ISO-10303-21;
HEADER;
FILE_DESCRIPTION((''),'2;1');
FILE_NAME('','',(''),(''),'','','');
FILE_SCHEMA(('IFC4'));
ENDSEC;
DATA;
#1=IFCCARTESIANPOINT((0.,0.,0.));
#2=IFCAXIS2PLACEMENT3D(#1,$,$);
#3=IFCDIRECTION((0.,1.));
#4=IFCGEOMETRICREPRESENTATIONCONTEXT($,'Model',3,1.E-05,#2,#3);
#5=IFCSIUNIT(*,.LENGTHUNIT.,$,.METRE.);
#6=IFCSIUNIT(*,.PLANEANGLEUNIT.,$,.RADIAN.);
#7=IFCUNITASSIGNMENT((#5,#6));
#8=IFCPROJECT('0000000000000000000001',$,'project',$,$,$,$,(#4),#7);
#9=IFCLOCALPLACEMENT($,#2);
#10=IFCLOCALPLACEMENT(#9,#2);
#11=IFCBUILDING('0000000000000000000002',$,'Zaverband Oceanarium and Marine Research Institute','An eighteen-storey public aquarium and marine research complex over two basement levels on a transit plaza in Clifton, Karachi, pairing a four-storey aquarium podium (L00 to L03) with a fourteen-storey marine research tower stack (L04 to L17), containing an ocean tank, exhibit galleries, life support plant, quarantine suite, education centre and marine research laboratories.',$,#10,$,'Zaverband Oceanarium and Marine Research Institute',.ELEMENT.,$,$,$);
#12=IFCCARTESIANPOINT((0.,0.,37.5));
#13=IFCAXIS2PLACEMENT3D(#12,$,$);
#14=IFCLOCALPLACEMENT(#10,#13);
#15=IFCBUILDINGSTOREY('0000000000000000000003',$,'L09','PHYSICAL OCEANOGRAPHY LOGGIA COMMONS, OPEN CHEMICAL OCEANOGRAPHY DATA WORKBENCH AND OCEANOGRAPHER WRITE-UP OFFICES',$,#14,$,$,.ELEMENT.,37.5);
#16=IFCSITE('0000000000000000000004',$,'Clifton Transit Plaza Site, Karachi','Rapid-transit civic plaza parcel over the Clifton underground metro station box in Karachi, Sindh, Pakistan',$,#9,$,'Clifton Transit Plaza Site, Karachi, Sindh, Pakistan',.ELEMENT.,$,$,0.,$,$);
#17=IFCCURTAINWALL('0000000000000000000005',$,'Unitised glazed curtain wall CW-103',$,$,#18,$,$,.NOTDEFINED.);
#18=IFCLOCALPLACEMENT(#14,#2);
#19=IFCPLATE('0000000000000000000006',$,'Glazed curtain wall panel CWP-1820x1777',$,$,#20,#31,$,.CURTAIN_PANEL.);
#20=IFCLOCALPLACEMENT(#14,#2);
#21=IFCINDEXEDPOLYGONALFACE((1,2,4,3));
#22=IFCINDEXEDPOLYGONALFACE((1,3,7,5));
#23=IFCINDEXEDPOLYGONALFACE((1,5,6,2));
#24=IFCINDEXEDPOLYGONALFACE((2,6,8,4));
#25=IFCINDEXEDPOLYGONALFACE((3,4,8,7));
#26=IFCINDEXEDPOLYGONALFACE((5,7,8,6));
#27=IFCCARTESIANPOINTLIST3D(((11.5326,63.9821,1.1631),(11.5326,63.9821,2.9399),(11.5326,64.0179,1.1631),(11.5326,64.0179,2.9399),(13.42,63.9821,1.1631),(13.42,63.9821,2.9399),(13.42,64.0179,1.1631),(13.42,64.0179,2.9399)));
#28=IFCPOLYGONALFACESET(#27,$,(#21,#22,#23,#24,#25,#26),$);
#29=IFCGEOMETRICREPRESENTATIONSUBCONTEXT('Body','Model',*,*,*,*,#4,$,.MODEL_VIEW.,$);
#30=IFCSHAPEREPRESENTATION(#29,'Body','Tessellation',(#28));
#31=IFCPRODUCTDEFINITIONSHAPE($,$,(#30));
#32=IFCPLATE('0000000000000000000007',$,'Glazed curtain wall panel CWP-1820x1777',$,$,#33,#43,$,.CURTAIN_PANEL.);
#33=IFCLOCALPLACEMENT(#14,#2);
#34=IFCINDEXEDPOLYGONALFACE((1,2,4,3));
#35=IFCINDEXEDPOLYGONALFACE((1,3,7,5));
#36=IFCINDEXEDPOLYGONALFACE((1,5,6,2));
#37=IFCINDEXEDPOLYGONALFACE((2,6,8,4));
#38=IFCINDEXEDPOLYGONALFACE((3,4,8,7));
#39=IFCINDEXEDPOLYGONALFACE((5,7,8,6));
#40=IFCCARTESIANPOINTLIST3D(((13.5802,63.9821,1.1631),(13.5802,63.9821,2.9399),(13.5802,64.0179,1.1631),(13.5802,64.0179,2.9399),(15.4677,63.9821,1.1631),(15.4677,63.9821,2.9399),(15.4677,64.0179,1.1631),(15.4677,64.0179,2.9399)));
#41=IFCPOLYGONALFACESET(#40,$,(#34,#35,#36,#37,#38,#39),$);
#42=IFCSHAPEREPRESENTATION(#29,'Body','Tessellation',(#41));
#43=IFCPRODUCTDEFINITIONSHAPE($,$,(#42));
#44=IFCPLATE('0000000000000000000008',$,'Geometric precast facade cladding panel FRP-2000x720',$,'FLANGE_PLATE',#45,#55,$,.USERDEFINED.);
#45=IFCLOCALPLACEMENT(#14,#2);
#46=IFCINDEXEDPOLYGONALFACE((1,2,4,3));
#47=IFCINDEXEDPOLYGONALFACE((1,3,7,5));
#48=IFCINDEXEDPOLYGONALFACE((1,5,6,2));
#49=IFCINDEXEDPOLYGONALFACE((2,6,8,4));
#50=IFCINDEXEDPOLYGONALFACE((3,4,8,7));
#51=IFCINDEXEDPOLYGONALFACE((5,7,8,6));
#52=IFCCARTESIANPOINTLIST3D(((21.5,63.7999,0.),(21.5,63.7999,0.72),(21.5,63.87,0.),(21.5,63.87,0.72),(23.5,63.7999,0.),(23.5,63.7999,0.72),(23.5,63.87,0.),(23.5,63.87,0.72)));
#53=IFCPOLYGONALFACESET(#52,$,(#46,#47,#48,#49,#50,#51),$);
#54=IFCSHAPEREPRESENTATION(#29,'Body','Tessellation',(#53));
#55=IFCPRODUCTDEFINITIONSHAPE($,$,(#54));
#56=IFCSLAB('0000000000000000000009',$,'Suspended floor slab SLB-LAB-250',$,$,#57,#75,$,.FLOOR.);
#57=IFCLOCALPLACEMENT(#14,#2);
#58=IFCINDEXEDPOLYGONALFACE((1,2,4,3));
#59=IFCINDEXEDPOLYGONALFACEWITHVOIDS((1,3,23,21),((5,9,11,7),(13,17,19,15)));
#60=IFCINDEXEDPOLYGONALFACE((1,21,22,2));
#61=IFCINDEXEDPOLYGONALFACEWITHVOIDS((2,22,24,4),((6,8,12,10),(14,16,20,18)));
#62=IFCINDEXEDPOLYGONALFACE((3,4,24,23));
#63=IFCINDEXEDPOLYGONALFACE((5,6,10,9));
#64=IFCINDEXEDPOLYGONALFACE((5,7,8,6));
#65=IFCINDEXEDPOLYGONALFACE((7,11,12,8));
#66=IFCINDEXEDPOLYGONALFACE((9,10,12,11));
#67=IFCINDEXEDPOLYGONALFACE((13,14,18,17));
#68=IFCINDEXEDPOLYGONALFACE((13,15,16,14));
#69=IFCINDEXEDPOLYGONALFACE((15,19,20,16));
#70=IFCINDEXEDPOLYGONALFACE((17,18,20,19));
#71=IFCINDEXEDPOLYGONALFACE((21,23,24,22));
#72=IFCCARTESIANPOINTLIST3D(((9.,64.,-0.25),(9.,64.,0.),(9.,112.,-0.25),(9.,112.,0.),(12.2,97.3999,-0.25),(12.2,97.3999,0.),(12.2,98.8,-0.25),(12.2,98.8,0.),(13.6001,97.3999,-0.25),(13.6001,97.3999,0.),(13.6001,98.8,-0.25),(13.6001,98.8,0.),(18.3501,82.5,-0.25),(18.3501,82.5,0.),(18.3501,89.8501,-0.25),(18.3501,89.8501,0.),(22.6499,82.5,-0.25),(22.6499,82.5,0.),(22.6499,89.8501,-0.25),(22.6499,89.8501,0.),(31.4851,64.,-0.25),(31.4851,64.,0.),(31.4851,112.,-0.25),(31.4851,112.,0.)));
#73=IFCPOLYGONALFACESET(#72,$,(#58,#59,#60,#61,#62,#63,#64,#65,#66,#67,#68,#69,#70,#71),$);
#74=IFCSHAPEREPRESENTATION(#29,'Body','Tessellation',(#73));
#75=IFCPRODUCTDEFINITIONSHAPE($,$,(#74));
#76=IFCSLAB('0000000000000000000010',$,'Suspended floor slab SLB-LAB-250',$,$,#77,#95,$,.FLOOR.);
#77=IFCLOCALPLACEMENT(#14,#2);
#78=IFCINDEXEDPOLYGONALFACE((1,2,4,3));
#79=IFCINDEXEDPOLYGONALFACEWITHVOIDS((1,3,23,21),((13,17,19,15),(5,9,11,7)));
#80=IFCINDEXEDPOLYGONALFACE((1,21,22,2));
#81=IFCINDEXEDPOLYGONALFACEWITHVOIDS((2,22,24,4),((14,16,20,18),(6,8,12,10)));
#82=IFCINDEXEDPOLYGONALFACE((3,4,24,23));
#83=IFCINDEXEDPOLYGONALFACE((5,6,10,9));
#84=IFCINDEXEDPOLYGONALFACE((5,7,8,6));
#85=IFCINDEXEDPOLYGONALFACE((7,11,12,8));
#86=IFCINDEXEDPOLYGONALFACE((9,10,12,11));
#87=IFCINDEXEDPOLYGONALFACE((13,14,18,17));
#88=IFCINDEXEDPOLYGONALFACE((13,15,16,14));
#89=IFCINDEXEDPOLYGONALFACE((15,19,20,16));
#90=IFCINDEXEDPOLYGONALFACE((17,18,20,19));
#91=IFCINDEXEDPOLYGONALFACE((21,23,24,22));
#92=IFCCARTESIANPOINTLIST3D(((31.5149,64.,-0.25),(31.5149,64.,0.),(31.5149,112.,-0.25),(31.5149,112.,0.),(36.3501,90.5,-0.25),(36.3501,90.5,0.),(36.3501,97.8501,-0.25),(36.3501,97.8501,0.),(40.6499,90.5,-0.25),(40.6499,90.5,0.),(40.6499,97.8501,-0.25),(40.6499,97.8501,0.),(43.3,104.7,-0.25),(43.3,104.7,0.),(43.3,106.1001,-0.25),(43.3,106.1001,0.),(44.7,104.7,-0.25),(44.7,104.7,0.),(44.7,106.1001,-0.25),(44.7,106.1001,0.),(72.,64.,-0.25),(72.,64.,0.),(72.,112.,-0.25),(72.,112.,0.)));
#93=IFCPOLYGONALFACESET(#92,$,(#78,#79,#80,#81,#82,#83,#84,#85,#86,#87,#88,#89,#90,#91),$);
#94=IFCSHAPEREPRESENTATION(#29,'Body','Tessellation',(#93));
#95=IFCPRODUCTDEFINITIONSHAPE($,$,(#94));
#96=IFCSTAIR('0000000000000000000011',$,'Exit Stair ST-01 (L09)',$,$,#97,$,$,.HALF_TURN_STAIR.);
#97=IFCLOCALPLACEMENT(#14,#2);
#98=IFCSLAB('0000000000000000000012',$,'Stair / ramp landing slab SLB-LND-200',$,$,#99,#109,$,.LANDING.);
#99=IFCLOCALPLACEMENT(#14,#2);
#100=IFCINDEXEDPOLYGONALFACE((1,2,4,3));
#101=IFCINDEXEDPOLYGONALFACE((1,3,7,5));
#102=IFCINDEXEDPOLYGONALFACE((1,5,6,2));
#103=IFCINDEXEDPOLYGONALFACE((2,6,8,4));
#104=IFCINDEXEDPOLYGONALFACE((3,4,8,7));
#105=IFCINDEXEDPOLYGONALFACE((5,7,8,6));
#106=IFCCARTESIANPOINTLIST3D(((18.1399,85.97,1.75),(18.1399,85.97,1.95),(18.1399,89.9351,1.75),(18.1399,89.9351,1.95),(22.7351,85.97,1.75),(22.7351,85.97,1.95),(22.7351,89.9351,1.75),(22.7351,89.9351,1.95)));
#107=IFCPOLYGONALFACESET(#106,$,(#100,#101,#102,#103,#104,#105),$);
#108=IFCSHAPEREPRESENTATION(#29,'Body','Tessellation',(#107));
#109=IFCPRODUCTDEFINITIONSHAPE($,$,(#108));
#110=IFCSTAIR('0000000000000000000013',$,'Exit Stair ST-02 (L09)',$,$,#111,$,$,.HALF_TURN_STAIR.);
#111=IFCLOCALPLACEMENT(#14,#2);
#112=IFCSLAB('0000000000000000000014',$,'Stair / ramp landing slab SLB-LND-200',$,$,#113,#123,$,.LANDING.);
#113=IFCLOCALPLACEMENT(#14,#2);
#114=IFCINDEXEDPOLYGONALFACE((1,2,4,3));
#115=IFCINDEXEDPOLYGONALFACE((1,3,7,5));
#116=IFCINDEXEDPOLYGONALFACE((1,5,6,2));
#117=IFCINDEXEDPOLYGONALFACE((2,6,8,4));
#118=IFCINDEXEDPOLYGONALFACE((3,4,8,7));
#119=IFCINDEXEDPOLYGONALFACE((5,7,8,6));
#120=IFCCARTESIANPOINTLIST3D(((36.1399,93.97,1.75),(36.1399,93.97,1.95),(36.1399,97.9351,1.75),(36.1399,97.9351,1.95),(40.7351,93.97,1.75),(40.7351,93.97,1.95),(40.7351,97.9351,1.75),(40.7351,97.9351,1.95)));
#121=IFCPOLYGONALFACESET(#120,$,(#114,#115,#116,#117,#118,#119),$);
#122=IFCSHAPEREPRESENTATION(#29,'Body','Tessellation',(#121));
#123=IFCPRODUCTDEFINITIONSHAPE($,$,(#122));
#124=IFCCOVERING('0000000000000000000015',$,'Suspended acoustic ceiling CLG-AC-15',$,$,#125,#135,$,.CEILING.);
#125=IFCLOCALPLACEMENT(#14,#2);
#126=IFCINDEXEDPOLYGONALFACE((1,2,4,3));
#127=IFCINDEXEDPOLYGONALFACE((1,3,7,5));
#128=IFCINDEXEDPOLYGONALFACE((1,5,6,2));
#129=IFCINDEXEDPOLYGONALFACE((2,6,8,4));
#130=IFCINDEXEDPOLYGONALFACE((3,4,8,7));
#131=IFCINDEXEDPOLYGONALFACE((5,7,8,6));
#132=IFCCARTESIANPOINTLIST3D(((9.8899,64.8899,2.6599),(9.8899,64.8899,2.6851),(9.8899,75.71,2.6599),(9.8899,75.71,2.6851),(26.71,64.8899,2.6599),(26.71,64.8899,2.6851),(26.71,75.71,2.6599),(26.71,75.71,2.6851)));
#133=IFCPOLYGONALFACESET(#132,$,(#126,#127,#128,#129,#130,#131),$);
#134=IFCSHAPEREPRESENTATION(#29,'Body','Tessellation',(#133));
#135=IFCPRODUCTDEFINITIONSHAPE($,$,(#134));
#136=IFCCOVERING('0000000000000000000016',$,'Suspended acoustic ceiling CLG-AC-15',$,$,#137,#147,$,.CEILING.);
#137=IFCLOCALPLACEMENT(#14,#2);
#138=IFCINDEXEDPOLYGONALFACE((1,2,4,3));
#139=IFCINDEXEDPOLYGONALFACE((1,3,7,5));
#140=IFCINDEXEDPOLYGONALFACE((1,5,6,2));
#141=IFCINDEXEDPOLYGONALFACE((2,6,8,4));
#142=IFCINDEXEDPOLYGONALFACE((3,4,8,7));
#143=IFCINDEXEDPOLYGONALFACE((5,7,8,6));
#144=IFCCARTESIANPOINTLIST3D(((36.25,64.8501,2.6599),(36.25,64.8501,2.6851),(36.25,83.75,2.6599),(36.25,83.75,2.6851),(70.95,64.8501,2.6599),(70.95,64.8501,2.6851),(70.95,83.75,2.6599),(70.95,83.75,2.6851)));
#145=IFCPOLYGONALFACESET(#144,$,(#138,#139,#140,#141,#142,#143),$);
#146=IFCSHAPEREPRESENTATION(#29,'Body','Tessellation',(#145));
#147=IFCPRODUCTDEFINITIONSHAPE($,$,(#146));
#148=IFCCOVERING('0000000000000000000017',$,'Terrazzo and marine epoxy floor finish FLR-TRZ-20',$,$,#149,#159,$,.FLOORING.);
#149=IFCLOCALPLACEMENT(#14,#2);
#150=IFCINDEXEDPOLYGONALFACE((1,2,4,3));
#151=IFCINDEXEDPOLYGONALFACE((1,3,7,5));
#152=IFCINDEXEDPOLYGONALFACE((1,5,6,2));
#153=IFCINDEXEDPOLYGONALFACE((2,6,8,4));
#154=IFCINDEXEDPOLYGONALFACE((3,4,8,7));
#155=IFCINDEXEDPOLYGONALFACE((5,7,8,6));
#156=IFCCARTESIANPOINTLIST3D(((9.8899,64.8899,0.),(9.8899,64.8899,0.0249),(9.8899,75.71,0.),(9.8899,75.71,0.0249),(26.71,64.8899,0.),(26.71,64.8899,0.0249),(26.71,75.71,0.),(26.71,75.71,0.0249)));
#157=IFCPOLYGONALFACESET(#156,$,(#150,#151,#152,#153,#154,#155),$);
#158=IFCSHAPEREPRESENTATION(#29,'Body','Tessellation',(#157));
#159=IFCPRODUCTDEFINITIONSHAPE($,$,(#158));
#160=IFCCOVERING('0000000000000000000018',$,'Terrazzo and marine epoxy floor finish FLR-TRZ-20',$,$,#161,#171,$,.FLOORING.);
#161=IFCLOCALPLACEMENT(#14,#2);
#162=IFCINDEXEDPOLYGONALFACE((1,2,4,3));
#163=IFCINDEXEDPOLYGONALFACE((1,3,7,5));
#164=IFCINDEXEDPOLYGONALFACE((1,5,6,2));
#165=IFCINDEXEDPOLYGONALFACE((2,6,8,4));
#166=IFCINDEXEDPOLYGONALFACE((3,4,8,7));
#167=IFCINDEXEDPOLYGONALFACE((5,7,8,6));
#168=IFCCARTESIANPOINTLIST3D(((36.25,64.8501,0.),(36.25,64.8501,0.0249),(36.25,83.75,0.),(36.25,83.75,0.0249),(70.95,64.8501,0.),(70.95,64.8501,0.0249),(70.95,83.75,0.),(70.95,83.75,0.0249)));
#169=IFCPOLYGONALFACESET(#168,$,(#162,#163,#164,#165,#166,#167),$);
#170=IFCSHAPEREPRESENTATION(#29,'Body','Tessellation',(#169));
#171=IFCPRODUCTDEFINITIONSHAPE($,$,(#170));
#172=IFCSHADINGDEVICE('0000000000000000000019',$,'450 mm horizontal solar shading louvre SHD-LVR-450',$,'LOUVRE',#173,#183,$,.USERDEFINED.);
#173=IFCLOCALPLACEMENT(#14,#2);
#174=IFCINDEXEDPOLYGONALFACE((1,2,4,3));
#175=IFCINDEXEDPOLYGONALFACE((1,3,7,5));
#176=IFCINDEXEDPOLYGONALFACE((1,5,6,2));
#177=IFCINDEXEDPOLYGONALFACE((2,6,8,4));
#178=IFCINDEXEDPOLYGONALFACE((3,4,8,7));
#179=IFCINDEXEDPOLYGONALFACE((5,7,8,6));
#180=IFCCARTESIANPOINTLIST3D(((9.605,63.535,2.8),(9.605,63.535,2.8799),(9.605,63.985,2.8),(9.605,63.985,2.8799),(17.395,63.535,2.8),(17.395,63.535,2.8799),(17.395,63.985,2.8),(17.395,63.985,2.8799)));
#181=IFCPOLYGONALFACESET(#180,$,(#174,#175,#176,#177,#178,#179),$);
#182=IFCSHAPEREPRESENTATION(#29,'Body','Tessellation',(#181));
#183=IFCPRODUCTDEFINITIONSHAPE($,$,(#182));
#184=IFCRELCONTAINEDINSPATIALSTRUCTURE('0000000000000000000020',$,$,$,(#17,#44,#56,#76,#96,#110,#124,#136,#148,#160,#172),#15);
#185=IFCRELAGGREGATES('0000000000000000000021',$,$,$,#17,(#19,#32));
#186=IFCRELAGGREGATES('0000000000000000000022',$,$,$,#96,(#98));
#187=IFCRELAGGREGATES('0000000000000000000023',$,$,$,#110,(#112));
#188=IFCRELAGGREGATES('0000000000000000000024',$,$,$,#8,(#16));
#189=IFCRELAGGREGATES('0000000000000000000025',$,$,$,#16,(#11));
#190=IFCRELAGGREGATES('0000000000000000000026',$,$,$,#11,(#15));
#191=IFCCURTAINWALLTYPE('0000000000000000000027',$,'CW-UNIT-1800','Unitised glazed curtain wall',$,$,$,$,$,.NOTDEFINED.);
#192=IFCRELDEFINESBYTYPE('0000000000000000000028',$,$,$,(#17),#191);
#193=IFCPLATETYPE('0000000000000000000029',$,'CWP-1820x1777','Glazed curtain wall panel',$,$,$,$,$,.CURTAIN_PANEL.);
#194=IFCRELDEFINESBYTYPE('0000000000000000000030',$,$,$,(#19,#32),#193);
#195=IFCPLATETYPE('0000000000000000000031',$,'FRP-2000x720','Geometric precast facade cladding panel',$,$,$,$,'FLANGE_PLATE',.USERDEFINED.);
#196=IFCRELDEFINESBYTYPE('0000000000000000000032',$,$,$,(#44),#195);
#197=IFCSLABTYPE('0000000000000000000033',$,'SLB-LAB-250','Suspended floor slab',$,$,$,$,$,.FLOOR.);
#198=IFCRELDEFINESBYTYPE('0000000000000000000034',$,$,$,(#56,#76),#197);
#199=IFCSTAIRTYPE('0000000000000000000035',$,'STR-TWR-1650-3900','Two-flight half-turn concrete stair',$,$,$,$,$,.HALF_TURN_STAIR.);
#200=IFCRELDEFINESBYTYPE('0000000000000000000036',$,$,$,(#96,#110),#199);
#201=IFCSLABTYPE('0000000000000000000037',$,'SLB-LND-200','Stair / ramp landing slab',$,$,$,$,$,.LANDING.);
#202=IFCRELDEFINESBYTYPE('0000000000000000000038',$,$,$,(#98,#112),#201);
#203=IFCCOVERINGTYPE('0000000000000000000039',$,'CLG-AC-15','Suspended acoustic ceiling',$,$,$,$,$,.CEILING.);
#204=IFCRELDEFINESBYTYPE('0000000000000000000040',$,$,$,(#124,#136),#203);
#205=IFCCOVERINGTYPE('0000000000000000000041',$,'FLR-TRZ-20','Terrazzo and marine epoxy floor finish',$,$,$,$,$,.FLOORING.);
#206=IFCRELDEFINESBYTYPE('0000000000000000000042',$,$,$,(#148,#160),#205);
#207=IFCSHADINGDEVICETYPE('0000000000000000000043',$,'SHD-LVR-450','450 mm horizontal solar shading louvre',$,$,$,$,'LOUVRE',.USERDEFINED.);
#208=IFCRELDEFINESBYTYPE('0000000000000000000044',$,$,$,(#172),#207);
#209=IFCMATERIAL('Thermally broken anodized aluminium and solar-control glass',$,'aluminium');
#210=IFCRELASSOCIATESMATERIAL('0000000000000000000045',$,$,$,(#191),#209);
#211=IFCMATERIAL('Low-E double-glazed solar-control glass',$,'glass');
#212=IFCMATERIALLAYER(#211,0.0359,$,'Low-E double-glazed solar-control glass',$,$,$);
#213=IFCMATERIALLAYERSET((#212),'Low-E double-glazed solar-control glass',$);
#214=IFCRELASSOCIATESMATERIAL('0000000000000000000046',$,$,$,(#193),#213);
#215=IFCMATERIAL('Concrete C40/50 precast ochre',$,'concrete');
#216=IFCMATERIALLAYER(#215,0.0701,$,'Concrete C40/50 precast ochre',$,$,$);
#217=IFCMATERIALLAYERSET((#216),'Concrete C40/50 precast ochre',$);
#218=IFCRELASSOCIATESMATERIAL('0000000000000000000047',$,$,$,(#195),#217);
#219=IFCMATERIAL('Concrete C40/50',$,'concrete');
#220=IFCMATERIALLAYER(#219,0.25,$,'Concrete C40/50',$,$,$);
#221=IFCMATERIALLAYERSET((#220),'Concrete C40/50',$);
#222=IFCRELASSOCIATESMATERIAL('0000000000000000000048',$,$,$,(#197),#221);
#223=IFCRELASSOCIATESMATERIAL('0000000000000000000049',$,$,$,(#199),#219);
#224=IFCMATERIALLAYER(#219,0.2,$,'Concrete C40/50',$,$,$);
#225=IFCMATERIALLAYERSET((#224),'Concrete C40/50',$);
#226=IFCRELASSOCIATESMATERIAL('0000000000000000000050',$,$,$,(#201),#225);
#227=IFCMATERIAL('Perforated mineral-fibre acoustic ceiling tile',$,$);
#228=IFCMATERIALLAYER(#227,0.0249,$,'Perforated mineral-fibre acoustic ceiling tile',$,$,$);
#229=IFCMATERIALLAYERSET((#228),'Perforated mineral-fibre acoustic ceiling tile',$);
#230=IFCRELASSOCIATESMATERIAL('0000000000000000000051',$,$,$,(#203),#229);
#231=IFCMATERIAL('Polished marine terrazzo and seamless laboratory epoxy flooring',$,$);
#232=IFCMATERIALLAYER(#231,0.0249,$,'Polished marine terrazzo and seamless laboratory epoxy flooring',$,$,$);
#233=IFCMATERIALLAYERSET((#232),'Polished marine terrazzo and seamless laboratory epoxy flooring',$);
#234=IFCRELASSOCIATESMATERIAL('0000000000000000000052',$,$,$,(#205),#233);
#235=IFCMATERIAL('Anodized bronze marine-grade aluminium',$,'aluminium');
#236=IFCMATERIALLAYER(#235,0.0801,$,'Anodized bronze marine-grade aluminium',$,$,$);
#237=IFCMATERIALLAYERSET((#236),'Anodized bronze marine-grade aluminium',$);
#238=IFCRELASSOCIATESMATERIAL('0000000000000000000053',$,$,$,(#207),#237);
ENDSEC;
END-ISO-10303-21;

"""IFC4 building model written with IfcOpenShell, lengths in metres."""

from ifc_helpers import new_model, si_unit, direction, frame, frame_2d, origin, place, context, subcontext, project, spatial, polyline, rectangle, outline, extrude, material, layer, layer_set, type_object, element, aggregate, save


model = new_model("IFC4")

# Units and contexts
model_context = context("Model", 3, precision=1e-05, world=origin(), true_north=direction((0.0, 1.0)))
body_context = subcontext(model_context, "Body", "Model", "MODEL_VIEW")
ifc_project = project(units=[si_unit("LENGTHUNIT", "METRE"), si_unit("PLANEANGLEUNIT", "RADIAN")], contexts=[model_context])

# Site, building, storey
site_placement = place(None, origin())
site = spatial("IfcSite", under=ifc_project, at=site_placement, Name="Clifton Transit Plaza Site, Karachi", Description="Rapid-transit civic plaza parcel over the Clifton underground metro station box in Karachi, Sindh, Pakistan", LongName="Clifton Transit Plaza Site, Karachi, Sindh, Pakistan", CompositionType="ELEMENT", RefElevation=0.0)
building_placement = place(site_placement, origin())
building = spatial("IfcBuilding", under=site, at=building_placement, Name="Zaverband Oceanarium and Marine Research Institute", Description="An eighteen-storey public aquarium and marine research complex over two basement levels on a transit plaza in Clifton, Karachi, pairing a four-storey aquarium podium (L00 to L03) with a fourteen-storey marine research tower stack (L04 to L17), containing an ocean tank, exhibit galleries, life support plant, quarantine suite, education centre and marine research laboratories.", LongName="Zaverband Oceanarium and Marine Research Institute", CompositionType="ELEMENT")
storey_placement = place(building_placement, frame((0.0, 0.0, 37.5)))
storey = spatial("IfcBuildingStorey", under=building, at=storey_placement, Name="L09", Description="PHYSICAL OCEANOGRAPHY LOGGIA COMMONS, OPEN CHEMICAL OCEANOGRAPHY DATA WORKBENCH AND OCEANOGRAPHER WRITE-UP OFFICES", CompositionType="ELEMENT", Elevation=37.5)

# Curtain wall
ifc_material_1 = material(Name="Thermally broken anodized aluminium and solar-control glass", Category="aluminium")
curtain_wall_type = type_object("IfcCurtainWallType", Name="CW-UNIT-1800", Description="Unitised glazed curtain wall", PredefinedType="NOTDEFINED", material=ifc_material_1)
curtain_wall_placement = place(storey_placement, origin())
curtain_wall = element("IfcCurtainWall", 1, at=curtain_wall_placement, inside=storey, type_object=curtain_wall_type, Name="Unitised glazed curtain wall CW-103", PredefinedType="NOTDEFINED")

# Shared definitions
ifc_material_2 = material(Name="Concrete C40/50", Category="concrete")

# Plates
ifc_material_3 = material(Name="Low-E double-glazed solar-control glass", Category="glass")
ifc_layer_1 = layer(ifc_material_3, 0.0359, Name="Low-E double-glazed solar-control glass")
ifc_layer_set_1 = layer_set([ifc_layer_1], Name="Low-E double-glazed solar-control glass")
plate_type_1 = type_object("IfcPlateType", Name="CWP-1820x1777", Description="Glazed curtain wall panel", PredefinedType="CURTAIN_PANEL", material=ifc_layer_set_1)
plate_1_placement = place(storey_placement, frame((11.5325, 64.0, 1.1631), z_axis=(0.0, 0.0, 1.0), x_axis=(1.0, 0.0, 0.0)))
plate_1 = element("IfcPlate", 2, at=plate_1_placement, type_object=plate_type_1, Name="Glazed curtain wall panel CWP-1820x1777", PredefinedType="CURTAIN_PANEL", context=body_context, shape_type="SweptSolid", body=[
    extrude(rectangle(XDim=1.8875, YDim=0.0359, at=frame_2d((0.9438, 0.0))), origin(), (0.0, 0.0, 1.0), 1.7769),
])
plate_2_placement = place(storey_placement, frame((13.5801, 64.0, 1.1631), z_axis=(0.0, 0.0, 1.0), x_axis=(1.0, 0.0, 0.0)))
plate_2 = element("IfcPlate", 3, at=plate_2_placement, type_object=plate_type_1, Name="Glazed curtain wall panel CWP-1820x1777", PredefinedType="CURTAIN_PANEL", context=body_context, shape_type="SweptSolid", body=[
    extrude(rectangle(XDim=1.8875, YDim=0.0359, at=frame_2d((0.9438, 0.0))), origin(), (0.0, 0.0, 1.0), 1.7769),
])
aggregate(curtain_wall, [plate_1, plate_2])
ifc_material_4 = material(Name="Concrete C40/50 precast ochre", Category="concrete")
ifc_layer_2 = layer(ifc_material_4, 0.0701, Name="Concrete C40/50 precast ochre")
ifc_layer_set_2 = layer_set([ifc_layer_2], Name="Concrete C40/50 precast ochre")
plate_type_2 = type_object("IfcPlateType", Name="FRP-2000x720", Description="Geometric precast facade cladding panel", ElementType="FLANGE_PLATE", PredefinedType="USERDEFINED", material=ifc_layer_set_2)
plate_3_placement = place(storey_placement, frame((21.5, 63.835, 0.0), z_axis=(0.0, 0.0, 1.0), x_axis=(1.0, 0.0, 0.0)))
element("IfcPlate", 4, at=plate_3_placement, inside=storey, type_object=plate_type_2, Name="Geometric precast facade cladding panel FRP-2000x720", ObjectType="FLANGE_PLATE", PredefinedType="USERDEFINED", context=body_context, shape_type="SweptSolid", body=[
    extrude(rectangle(XDim=2.0, YDim=0.0701, at=frame_2d((1.0, 0.0))), origin(), (0.0, 0.0, 1.0), 0.72),
])

# Slabs
ifc_layer_3 = layer(ifc_material_2, 0.25, Name="Concrete C40/50")
ifc_layer_set_3 = layer_set([ifc_layer_3], Name="Concrete C40/50")
slab_type_1 = type_object("IfcSlabType", Name="SLB-LAB-250", Description="Suspended floor slab", PredefinedType="FLOOR", material=ifc_layer_set_3)
slab_1_placement = place(storey_placement, frame((0.0, 0.0, -0.25)))
element("IfcSlab", 5, at=slab_1_placement, inside=storey, type_object=slab_type_1, Name="Suspended floor slab SLB-LAB-250", PredefinedType="FLOOR", context=body_context, shape_type="SweptSolid", body=[
    extrude(outline(polyline([(9.0, 112.0), (31.4851, 112.0), (31.4851, 64.0), (9.0, 64.0), (9.0, 112.0)]), holes=[polyline([(18.3501, 89.8501), (18.3501, 82.5), (22.6499, 82.5), (22.6499, 89.8501), (18.3501, 89.8501)]), polyline([(12.2, 98.8), (12.2, 97.3999), (13.6001, 97.3999), (13.6001, 98.8), (12.2, 98.8)])]), origin(), (0.0, 0.0, 1.0), 0.25),
])
slab_2_placement = place(storey_placement, frame((0.0, 0.0, -0.25)))
element("IfcSlab", 6, at=slab_2_placement, inside=storey, type_object=slab_type_1, Name="Suspended floor slab SLB-LAB-250", PredefinedType="FLOOR", context=body_context, shape_type="SweptSolid", body=[
    extrude(outline(polyline([(31.5149, 112.0), (72.0, 112.0), (72.0, 64.0), (31.5149, 64.0), (31.5149, 112.0)]), holes=[polyline([(36.3501, 97.8501), (36.3501, 90.5), (40.6499, 90.5), (40.6499, 97.8501), (36.3501, 97.8501)]), polyline([(43.3, 106.1001), (43.3, 104.7), (44.7, 104.7), (44.7, 106.1001), (43.3, 106.1001)])]), origin(), (0.0, 0.0, 1.0), 0.25),
])

# Stairs, slabs
stair_type = type_object("IfcStairType", Name="STR-TWR-1650-3900", Description="Two-flight half-turn concrete stair", PredefinedType="HALF_TURN_STAIR", material=ifc_material_2)
stair_1_placement = place(storey_placement, origin())
stair_1 = element("IfcStair", 7, at=stair_1_placement, inside=storey, type_object=stair_type, Name="Exit Stair ST-01 (L09)", PredefinedType="HALF_TURN_STAIR")
ifc_layer_4 = layer(ifc_material_2, 0.2, Name="Concrete C40/50")
ifc_layer_set_4 = layer_set([ifc_layer_4], Name="Concrete C40/50")
slab_type_2 = type_object("IfcSlabType", Name="SLB-LND-200", Description="Stair / ramp landing slab", PredefinedType="LANDING", material=ifc_layer_set_4)
slab_3_placement = place(storey_placement, frame((0.0, 0.0, 1.75)))
slab_3 = element("IfcSlab", 8, at=slab_3_placement, type_object=slab_type_2, Name="Stair / ramp landing slab SLB-LND-200", PredefinedType="LANDING", context=body_context, shape_type="SweptSolid", body=[
    extrude(outline(polyline([(18.1399, 85.97), (22.7351, 85.97), (22.7351, 89.9351), (18.1399, 89.9351), (18.1399, 85.97)])), origin(), (0.0, 0.0, 1.0), 0.2),
])
aggregate(stair_1, [slab_3])
stair_2_placement = place(storey_placement, origin())
stair_2 = element("IfcStair", 9, at=stair_2_placement, inside=storey, type_object=stair_type, Name="Exit Stair ST-02 (L09)", PredefinedType="HALF_TURN_STAIR")
slab_4_placement = place(storey_placement, frame((0.0, 0.0, 1.75)))
slab_4 = element("IfcSlab", 10, at=slab_4_placement, type_object=slab_type_2, Name="Stair / ramp landing slab SLB-LND-200", PredefinedType="LANDING", context=body_context, shape_type="SweptSolid", body=[
    extrude(outline(polyline([(36.1399, 93.97), (40.7351, 93.97), (40.7351, 97.9351), (36.1399, 97.9351), (36.1399, 93.97)])), origin(), (0.0, 0.0, 1.0), 0.2),
])
aggregate(stair_2, [slab_4])

# Coverings
ifc_material_5 = material(Name="Perforated mineral-fibre acoustic ceiling tile")
ifc_layer_5 = layer(ifc_material_5, 0.0249, Name="Perforated mineral-fibre acoustic ceiling tile")
ifc_layer_set_5 = layer_set([ifc_layer_5], Name="Perforated mineral-fibre acoustic ceiling tile")
covering_type_1 = type_object("IfcCoveringType", Name="CLG-AC-15", Description="Suspended acoustic ceiling", PredefinedType="CEILING", material=ifc_layer_set_5)
covering_1_placement = place(storey_placement, frame((0.0, 0.0, 2.6599)))
element("IfcCovering", 11, at=covering_1_placement, inside=storey, type_object=covering_type_1, Name="Suspended acoustic ceiling CLG-AC-15", PredefinedType="CEILING", context=body_context, shape_type="SweptSolid", body=[
    extrude(outline(polyline([(9.8899, 64.8899), (26.71, 64.8899), (26.71, 75.71), (9.8899, 75.71), (9.8899, 64.8899)])), origin(), (0.0, 0.0, 1.0), 0.0251),
])
covering_2_placement = place(storey_placement, frame((0.0, 0.0, 2.6599)))
element("IfcCovering", 12, at=covering_2_placement, inside=storey, type_object=covering_type_1, Name="Suspended acoustic ceiling CLG-AC-15", PredefinedType="CEILING", context=body_context, shape_type="SweptSolid", body=[
    extrude(outline(polyline([(36.25, 64.8501), (70.95, 64.8501), (70.95, 83.75), (36.25, 83.75), (36.25, 64.8501)])), origin(), (0.0, 0.0, 1.0), 0.0251),
])
ifc_material_6 = material(Name="Polished marine terrazzo and seamless laboratory epoxy flooring")
ifc_layer_6 = layer(ifc_material_6, 0.0249, Name="Polished marine terrazzo and seamless laboratory epoxy flooring")
ifc_layer_set_6 = layer_set([ifc_layer_6], Name="Polished marine terrazzo and seamless laboratory epoxy flooring")
covering_type_2 = type_object("IfcCoveringType", Name="FLR-TRZ-20", Description="Terrazzo and marine epoxy floor finish", PredefinedType="FLOORING", material=ifc_layer_set_6)
covering_3_placement = place(storey_placement, origin())
element("IfcCovering", 13, at=covering_3_placement, inside=storey, type_object=covering_type_2, Name="Terrazzo and marine epoxy floor finish FLR-TRZ-20", PredefinedType="FLOORING", context=body_context, shape_type="SweptSolid", body=[
    extrude(outline(polyline([(9.8899, 64.8899), (26.71, 64.8899), (26.71, 75.71), (9.8899, 75.71), (9.8899, 64.8899)])), origin(), (0.0, 0.0, 1.0), 0.0249),
])
covering_4_placement = place(storey_placement, origin())
element("IfcCovering", 14, at=covering_4_placement, inside=storey, type_object=covering_type_2, Name="Terrazzo and marine epoxy floor finish FLR-TRZ-20", PredefinedType="FLOORING", context=body_context, shape_type="SweptSolid", body=[
    extrude(outline(polyline([(36.25, 64.8501), (70.95, 64.8501), (70.95, 83.75), (36.25, 83.75), (36.25, 64.8501)])), origin(), (0.0, 0.0, 1.0), 0.0249),
])

# Shading device
ifc_material_7 = material(Name="Anodized bronze marine-grade aluminium", Category="aluminium")
ifc_layer_7 = layer(ifc_material_7, 0.0801, Name="Anodized bronze marine-grade aluminium")
ifc_layer_set_7 = layer_set([ifc_layer_7], Name="Anodized bronze marine-grade aluminium")
shading_device_type = type_object("IfcShadingDeviceType", Name="SHD-LVR-450", Description="450 mm horizontal solar shading louvre", ElementType="LOUVRE", PredefinedType="USERDEFINED", material=ifc_layer_set_7)
shading_device_placement = place(storey_placement, frame((9.605, 63.76, 2.8), z_axis=(0.0, 0.0, 1.0), x_axis=(1.0, 0.0, 0.0)))
element("IfcShadingDevice", 15, at=shading_device_placement, inside=storey, type_object=shading_device_type, Name="450 mm horizontal solar shading louvre SHD-LVR-450", ObjectType="LOUVRE", PredefinedType="USERDEFINED", context=body_context, shape_type="SweptSolid", body=[
    extrude(rectangle(XDim=7.79, YDim=0.45, at=frame_2d((3.895, 0.0))), origin(), (0.0, 0.0, 1.0), 0.0798),
])

save(model, "model.ifc")
